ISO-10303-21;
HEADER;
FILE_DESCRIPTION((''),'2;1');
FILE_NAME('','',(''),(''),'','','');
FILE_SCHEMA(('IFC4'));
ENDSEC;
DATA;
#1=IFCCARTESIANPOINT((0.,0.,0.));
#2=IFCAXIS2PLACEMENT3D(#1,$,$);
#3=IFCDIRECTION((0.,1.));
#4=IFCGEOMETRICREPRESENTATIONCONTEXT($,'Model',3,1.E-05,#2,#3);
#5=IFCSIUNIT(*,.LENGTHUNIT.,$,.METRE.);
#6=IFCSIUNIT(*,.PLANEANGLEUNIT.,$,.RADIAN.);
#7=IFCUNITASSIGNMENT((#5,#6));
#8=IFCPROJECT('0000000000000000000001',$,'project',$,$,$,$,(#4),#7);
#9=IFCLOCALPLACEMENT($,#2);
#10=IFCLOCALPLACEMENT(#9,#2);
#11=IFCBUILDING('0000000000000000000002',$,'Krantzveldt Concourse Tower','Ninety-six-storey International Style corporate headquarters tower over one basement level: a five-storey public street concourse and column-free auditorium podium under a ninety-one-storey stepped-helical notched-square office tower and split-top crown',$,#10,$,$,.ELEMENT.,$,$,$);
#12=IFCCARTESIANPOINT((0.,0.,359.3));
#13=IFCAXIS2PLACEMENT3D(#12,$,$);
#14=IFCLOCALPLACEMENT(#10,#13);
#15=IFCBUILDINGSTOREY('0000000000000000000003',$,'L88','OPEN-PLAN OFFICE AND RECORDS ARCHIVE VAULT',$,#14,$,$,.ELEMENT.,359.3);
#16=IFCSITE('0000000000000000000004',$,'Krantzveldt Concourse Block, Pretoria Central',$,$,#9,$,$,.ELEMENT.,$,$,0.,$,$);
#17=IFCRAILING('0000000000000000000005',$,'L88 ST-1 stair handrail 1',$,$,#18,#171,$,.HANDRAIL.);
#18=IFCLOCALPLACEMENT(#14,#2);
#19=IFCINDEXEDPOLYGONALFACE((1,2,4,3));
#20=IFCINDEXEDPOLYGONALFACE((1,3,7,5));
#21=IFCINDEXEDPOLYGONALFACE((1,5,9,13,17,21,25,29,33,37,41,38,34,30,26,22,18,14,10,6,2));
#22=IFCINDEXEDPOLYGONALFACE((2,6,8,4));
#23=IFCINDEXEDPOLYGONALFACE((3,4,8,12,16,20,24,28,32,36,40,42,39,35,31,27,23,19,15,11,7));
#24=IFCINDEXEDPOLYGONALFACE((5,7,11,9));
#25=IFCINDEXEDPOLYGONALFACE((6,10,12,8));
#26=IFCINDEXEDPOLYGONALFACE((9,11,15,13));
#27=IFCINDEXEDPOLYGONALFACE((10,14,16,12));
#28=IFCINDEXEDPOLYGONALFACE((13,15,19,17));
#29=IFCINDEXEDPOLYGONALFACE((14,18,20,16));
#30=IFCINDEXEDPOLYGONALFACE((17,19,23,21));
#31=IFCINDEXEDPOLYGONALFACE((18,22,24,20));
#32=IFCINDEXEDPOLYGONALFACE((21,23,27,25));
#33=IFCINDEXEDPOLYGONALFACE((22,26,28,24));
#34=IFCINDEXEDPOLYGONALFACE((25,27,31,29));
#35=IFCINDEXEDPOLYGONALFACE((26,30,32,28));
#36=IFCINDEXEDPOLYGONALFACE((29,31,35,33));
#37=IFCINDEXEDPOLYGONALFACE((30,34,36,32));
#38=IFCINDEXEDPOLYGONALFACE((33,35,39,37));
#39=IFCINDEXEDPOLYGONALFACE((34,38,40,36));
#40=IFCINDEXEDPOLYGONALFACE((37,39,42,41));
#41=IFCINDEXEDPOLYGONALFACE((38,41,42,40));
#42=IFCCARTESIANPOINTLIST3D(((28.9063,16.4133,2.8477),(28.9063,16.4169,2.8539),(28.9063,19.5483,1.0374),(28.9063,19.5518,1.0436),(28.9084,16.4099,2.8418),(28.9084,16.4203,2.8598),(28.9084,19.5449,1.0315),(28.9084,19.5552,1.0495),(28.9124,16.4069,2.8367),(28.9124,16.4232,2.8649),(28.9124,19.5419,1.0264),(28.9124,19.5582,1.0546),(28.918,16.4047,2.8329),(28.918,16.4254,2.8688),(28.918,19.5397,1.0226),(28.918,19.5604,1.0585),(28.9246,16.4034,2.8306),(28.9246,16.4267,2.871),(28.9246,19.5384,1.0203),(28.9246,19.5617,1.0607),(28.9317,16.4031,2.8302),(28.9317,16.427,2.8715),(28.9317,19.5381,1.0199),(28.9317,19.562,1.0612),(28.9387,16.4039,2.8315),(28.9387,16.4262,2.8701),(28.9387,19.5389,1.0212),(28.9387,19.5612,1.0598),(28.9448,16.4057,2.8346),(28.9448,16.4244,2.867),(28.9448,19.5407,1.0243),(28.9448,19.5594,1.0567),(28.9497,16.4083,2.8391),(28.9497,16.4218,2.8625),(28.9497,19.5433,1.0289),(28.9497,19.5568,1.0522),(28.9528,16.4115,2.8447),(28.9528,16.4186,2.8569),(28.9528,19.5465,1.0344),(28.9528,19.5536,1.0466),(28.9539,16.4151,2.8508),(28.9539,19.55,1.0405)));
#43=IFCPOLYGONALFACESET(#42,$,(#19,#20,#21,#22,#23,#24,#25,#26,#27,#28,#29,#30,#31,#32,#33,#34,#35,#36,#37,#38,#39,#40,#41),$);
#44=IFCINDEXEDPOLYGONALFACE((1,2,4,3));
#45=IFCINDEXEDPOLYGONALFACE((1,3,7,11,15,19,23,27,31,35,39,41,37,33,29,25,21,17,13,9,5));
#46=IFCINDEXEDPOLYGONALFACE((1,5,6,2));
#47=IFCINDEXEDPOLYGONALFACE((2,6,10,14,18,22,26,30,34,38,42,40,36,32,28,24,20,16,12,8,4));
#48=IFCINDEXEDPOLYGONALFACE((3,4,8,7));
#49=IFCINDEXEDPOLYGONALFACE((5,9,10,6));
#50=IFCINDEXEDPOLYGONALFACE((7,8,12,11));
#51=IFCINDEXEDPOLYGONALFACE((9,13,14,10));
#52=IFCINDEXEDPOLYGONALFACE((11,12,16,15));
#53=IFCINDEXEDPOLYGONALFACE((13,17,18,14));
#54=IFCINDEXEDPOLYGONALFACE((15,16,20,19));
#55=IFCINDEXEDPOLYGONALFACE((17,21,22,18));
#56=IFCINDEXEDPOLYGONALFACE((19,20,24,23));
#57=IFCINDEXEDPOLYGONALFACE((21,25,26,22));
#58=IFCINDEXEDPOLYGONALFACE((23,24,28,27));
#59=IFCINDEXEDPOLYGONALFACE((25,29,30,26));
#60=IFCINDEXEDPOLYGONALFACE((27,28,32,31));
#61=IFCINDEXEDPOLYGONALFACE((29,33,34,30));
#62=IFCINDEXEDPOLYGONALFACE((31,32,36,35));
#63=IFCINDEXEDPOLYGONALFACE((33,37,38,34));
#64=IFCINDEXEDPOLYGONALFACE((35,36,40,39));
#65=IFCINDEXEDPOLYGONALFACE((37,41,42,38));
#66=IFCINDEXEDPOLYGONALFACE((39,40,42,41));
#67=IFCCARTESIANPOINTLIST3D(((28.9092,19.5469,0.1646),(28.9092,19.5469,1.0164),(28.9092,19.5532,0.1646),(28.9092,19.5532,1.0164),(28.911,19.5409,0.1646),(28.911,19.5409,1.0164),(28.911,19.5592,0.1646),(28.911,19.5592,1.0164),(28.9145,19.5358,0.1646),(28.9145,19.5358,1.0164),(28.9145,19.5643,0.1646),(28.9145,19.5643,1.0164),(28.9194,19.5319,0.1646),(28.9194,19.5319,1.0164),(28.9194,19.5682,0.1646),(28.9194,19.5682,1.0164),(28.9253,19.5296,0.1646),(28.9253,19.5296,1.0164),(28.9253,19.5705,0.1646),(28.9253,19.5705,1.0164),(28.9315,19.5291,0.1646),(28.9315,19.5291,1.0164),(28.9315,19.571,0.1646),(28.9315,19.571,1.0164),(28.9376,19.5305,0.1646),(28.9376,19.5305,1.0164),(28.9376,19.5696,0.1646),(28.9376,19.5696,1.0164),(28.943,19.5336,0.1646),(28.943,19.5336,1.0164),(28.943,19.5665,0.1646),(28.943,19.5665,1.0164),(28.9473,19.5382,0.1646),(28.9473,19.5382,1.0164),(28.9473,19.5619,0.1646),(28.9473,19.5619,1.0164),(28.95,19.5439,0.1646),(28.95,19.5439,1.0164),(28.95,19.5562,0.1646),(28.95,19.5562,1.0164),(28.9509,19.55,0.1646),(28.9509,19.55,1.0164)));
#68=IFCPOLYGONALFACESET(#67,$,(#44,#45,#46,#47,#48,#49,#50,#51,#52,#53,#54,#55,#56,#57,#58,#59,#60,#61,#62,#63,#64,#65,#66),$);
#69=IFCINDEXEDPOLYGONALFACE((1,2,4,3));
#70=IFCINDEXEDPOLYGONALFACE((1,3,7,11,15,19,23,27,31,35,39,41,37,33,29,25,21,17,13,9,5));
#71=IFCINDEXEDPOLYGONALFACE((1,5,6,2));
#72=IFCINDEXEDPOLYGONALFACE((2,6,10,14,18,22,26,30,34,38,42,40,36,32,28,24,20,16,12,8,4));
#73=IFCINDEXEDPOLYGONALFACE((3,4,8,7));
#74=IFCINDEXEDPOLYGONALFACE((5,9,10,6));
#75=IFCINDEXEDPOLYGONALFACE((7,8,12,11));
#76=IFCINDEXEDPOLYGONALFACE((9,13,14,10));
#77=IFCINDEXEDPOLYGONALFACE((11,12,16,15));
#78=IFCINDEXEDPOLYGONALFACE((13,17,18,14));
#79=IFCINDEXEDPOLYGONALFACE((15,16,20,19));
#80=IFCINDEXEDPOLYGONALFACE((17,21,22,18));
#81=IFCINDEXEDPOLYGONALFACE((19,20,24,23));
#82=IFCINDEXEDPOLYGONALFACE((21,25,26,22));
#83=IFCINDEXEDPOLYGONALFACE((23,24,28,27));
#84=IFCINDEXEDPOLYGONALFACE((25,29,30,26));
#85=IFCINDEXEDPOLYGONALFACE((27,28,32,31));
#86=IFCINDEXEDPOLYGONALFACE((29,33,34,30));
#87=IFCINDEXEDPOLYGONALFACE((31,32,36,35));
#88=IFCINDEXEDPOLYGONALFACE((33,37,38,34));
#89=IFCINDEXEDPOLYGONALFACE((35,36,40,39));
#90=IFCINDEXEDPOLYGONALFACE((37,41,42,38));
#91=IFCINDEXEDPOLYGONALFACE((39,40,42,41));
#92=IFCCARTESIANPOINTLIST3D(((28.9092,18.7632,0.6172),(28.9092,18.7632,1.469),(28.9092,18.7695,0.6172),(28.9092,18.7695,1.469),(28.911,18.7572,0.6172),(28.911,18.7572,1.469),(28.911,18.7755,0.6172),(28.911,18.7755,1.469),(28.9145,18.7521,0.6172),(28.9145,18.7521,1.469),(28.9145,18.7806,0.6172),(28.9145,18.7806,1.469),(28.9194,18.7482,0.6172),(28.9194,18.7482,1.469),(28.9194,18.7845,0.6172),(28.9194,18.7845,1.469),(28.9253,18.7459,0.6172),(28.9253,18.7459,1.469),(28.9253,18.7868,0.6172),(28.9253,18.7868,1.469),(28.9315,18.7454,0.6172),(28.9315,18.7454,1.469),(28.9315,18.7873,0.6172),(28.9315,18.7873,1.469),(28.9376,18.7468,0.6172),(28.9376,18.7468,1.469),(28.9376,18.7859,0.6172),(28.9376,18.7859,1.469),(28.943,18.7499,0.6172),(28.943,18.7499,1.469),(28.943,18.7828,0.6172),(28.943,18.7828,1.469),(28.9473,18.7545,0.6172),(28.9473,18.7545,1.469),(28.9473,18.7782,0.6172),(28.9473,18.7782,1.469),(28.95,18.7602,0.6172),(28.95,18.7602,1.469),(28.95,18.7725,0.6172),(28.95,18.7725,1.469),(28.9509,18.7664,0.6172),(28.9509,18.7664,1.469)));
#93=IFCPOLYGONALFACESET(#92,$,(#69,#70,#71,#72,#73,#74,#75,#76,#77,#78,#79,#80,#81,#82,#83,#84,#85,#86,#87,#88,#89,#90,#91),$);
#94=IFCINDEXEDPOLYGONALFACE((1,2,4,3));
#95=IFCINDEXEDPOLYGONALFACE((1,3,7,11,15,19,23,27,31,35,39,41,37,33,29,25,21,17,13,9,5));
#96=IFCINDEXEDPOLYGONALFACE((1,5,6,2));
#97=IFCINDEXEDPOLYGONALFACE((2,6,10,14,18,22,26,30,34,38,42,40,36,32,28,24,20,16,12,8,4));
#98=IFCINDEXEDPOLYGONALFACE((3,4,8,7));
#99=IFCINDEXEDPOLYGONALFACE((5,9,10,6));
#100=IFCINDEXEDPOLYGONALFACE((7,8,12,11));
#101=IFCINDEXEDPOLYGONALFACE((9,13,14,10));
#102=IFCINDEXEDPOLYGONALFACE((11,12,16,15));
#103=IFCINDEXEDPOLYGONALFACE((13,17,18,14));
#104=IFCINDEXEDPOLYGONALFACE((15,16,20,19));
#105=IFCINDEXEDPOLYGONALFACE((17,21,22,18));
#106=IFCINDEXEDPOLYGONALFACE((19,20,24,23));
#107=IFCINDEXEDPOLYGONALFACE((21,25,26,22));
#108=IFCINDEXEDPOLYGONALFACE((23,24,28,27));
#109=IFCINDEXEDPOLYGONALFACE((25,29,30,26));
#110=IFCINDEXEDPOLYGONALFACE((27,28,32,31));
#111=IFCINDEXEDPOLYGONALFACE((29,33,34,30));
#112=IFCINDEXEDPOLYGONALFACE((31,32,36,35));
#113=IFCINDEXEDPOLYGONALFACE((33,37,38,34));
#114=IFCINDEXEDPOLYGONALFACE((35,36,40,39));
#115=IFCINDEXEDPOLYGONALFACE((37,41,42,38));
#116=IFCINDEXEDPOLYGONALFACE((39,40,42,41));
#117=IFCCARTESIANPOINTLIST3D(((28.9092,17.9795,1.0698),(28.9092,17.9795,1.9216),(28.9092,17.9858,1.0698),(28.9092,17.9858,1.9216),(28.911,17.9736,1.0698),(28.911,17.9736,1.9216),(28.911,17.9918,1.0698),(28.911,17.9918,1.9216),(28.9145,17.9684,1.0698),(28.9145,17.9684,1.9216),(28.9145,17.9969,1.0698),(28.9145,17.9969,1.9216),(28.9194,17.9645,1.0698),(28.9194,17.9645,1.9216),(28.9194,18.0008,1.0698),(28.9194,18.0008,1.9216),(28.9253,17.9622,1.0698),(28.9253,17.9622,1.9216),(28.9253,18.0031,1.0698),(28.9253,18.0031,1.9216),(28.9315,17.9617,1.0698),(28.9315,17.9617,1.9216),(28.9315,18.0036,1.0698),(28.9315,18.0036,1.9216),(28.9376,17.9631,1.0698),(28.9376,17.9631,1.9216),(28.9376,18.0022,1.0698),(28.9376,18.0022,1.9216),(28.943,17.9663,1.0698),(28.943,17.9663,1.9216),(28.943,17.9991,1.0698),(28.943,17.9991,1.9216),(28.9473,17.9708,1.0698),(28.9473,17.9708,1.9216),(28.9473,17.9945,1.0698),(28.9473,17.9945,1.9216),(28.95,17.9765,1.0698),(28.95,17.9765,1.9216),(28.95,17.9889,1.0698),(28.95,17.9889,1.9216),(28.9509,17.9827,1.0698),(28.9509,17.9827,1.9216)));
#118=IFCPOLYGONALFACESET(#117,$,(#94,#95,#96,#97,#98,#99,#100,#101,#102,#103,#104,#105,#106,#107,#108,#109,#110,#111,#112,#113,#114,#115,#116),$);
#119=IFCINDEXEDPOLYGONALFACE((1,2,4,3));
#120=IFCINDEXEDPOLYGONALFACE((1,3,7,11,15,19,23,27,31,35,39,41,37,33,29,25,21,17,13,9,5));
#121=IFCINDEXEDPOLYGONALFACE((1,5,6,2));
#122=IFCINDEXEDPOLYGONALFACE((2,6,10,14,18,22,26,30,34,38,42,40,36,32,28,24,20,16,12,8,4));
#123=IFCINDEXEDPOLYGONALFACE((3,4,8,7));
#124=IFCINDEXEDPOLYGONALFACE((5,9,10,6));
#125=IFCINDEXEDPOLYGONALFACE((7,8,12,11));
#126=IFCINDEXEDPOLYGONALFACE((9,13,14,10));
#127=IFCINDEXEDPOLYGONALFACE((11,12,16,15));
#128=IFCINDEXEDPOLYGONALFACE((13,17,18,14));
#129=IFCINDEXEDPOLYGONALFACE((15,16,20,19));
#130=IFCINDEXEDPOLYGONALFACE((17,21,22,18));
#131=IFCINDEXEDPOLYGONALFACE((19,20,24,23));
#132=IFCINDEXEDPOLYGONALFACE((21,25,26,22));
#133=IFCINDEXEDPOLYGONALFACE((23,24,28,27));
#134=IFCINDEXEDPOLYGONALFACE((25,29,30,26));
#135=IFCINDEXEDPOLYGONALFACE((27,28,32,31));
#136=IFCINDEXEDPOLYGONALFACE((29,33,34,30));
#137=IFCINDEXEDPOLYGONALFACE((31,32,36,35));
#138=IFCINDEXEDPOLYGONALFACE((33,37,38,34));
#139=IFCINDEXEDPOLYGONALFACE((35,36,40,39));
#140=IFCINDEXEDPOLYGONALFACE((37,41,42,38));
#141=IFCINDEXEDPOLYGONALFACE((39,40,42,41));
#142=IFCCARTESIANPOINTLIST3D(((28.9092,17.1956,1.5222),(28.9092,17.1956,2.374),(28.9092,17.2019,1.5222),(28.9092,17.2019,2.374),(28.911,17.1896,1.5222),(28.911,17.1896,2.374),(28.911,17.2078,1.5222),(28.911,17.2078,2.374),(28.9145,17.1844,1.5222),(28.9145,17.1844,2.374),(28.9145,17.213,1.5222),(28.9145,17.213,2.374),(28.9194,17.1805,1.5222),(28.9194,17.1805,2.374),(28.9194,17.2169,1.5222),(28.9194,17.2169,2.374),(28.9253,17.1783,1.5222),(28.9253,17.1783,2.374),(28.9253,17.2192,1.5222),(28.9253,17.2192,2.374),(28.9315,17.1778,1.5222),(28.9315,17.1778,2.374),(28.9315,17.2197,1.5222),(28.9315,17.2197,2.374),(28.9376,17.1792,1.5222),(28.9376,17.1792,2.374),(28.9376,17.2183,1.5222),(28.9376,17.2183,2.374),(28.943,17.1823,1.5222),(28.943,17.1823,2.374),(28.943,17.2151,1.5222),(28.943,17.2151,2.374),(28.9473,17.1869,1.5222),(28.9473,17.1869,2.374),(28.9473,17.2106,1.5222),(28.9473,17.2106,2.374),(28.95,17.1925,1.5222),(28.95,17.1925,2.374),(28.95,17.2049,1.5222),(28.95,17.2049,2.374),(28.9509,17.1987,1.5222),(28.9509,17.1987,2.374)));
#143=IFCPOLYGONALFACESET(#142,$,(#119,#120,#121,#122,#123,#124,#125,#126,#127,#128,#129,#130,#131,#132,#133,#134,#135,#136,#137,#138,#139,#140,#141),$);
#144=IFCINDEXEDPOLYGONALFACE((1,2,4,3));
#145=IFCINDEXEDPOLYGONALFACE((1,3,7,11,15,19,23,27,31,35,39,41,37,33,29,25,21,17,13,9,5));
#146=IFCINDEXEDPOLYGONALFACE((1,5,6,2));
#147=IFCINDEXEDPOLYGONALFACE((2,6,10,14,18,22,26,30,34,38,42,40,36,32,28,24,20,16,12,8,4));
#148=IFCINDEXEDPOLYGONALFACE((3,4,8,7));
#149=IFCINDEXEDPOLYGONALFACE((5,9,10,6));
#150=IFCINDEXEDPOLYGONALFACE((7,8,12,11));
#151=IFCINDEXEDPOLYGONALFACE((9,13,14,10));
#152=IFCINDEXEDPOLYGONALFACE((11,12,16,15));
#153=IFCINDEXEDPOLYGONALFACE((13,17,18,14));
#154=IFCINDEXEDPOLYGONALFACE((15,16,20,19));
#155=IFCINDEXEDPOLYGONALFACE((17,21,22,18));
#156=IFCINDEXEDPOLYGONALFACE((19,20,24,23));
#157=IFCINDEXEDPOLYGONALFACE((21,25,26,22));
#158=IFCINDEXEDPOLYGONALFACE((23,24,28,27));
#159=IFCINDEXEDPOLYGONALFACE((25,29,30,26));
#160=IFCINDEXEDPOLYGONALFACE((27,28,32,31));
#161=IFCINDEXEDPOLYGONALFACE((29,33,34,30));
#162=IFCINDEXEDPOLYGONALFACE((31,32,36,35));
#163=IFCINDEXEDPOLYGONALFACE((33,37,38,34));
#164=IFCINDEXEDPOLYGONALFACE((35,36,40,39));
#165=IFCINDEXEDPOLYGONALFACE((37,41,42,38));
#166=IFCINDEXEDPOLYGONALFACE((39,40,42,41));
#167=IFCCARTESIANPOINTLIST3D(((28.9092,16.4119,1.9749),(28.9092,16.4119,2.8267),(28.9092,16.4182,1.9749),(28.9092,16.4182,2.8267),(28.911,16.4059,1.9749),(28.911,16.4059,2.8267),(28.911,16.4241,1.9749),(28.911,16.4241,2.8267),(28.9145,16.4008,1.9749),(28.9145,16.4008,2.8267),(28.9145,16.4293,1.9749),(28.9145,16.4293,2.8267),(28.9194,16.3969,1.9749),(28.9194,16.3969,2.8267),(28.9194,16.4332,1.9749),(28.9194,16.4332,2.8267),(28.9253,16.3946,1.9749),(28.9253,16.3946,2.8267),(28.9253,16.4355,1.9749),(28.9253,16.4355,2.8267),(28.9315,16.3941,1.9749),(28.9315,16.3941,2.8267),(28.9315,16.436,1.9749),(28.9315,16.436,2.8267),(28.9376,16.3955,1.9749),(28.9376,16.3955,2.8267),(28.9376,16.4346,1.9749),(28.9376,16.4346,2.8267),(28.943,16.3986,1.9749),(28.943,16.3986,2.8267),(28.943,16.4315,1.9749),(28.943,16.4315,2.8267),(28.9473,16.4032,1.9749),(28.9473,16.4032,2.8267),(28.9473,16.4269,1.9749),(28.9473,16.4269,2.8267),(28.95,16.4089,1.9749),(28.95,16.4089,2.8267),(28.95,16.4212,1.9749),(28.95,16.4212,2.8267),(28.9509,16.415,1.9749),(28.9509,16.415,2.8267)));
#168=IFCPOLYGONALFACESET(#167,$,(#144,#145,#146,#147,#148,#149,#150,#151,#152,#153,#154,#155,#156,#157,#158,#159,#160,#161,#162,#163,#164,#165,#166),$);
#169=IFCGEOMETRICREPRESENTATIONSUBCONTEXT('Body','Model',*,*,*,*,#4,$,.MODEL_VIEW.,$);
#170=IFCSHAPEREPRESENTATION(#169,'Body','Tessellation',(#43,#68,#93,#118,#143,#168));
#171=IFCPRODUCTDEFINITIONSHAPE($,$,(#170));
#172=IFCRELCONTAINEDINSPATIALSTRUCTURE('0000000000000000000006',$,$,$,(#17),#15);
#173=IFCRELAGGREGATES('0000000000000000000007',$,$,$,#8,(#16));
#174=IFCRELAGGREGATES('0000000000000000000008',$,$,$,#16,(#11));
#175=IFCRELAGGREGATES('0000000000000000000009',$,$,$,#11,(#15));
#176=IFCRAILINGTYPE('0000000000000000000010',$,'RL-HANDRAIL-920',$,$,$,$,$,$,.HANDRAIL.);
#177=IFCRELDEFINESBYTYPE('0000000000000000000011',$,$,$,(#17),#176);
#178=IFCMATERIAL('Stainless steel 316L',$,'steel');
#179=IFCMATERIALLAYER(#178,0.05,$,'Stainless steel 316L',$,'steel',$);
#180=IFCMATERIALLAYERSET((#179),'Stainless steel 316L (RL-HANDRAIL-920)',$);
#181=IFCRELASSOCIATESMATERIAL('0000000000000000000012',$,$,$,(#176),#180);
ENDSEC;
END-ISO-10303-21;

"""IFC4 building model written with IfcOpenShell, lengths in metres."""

from ifc_helpers import new_model, si_unit, direction, frame, origin, origin_2d, place, context, subcontext, project, spatial, circle, extrude, material, layer, layer_set, type_object, element, save


model = new_model("IFC4")

# Units and contexts
model_context = context("Model", 3, precision=1e-05, world=origin(), true_north=direction((0.0, 1.0)))
body_context = subcontext(model_context, "Body", "Model", "MODEL_VIEW")
ifc_project = project(units=[si_unit("LENGTHUNIT", "METRE"), si_unit("PLANEANGLEUNIT", "RADIAN")], contexts=[model_context])

# Site, building, storey
site_placement = place(None, origin())
site = spatial("IfcSite", under=ifc_project, at=site_placement, Name="Krantzveldt Concourse Block, Pretoria Central", CompositionType="ELEMENT", RefElevation=0.0)
building_placement = place(site_placement, origin())
building = spatial("IfcBuilding", under=site, at=building_placement, Name="Krantzveldt Concourse Tower", Description="Ninety-six-storey International Style corporate headquarters tower over one basement level: a five-storey public street concourse and column-free auditorium podium under a ninety-one-storey stepped-helical notched-square office tower and split-top crown", CompositionType="ELEMENT")
storey_placement = place(building_placement, frame((0.0, 0.0, 359.3)))
storey = spatial("IfcBuildingStorey", under=building, at=storey_placement, Name="L88", Description="OPEN-PLAN OFFICE AND RECORDS ARCHIVE VAULT", CompositionType="ELEMENT", Elevation=359.3)

# Railing
ifc_material_1 = material(Name="Stainless steel 316L", Category="steel")
ifc_layer_1 = layer(ifc_material_1, 0.05, Name="Stainless steel 316L", Category="steel")
ifc_layer_set_1 = layer_set([ifc_layer_1], Name="Stainless steel 316L (RL-HANDRAIL-920)")
railing_type_1 = type_object("IfcRailingType", Name="RL-HANDRAIL-920", PredefinedType="HANDRAIL", material=ifc_layer_set_1)
railing_1_placement = place(storey_placement, frame((28.9299, 19.55, 0.1646)))
element("IfcRailing", 1, at=railing_1_placement, inside=storey, type_object=railing_type_1, Name="L88 ST-1 stair handrail 1", PredefinedType="HANDRAIL", context=body_context, shape_type="SweptSolid", body=[
    extrude(circle(Radius=0.0239, at=origin_2d()), frame((0.0, 0.0, 0.876), z_axis=(0.0, -0.865989, 0.500063), x_axis=(1.0, 0.0, 0.0)), (0.0, 0.0, 1.0), 3.6201),
    extrude(circle(Radius=0.021, at=origin_2d()), origin(), (0.0, 0.0, 1.0), 0.8518),
    extrude(circle(Radius=0.021, at=origin_2d()), frame((0.0, -0.7837, 0.4526)), (0.0, 0.0, 1.0), 0.8518),
    extrude(circle(Radius=0.021, at=origin_2d()), frame((0.0, -1.5674, 0.9053)), (0.0, 0.0, 1.0), 0.8518),
    extrude(circle(Radius=0.021, at=origin_2d()), frame((0.0, -2.3513, 1.3577)), (0.0, 0.0, 1.0), 0.8518),
    extrude(circle(Radius=0.021, at=origin_2d()), frame((0.0, -3.135, 1.8103)), (0.0, 0.0, 1.0), 0.8518),
])

save(model, "model.ifc")
